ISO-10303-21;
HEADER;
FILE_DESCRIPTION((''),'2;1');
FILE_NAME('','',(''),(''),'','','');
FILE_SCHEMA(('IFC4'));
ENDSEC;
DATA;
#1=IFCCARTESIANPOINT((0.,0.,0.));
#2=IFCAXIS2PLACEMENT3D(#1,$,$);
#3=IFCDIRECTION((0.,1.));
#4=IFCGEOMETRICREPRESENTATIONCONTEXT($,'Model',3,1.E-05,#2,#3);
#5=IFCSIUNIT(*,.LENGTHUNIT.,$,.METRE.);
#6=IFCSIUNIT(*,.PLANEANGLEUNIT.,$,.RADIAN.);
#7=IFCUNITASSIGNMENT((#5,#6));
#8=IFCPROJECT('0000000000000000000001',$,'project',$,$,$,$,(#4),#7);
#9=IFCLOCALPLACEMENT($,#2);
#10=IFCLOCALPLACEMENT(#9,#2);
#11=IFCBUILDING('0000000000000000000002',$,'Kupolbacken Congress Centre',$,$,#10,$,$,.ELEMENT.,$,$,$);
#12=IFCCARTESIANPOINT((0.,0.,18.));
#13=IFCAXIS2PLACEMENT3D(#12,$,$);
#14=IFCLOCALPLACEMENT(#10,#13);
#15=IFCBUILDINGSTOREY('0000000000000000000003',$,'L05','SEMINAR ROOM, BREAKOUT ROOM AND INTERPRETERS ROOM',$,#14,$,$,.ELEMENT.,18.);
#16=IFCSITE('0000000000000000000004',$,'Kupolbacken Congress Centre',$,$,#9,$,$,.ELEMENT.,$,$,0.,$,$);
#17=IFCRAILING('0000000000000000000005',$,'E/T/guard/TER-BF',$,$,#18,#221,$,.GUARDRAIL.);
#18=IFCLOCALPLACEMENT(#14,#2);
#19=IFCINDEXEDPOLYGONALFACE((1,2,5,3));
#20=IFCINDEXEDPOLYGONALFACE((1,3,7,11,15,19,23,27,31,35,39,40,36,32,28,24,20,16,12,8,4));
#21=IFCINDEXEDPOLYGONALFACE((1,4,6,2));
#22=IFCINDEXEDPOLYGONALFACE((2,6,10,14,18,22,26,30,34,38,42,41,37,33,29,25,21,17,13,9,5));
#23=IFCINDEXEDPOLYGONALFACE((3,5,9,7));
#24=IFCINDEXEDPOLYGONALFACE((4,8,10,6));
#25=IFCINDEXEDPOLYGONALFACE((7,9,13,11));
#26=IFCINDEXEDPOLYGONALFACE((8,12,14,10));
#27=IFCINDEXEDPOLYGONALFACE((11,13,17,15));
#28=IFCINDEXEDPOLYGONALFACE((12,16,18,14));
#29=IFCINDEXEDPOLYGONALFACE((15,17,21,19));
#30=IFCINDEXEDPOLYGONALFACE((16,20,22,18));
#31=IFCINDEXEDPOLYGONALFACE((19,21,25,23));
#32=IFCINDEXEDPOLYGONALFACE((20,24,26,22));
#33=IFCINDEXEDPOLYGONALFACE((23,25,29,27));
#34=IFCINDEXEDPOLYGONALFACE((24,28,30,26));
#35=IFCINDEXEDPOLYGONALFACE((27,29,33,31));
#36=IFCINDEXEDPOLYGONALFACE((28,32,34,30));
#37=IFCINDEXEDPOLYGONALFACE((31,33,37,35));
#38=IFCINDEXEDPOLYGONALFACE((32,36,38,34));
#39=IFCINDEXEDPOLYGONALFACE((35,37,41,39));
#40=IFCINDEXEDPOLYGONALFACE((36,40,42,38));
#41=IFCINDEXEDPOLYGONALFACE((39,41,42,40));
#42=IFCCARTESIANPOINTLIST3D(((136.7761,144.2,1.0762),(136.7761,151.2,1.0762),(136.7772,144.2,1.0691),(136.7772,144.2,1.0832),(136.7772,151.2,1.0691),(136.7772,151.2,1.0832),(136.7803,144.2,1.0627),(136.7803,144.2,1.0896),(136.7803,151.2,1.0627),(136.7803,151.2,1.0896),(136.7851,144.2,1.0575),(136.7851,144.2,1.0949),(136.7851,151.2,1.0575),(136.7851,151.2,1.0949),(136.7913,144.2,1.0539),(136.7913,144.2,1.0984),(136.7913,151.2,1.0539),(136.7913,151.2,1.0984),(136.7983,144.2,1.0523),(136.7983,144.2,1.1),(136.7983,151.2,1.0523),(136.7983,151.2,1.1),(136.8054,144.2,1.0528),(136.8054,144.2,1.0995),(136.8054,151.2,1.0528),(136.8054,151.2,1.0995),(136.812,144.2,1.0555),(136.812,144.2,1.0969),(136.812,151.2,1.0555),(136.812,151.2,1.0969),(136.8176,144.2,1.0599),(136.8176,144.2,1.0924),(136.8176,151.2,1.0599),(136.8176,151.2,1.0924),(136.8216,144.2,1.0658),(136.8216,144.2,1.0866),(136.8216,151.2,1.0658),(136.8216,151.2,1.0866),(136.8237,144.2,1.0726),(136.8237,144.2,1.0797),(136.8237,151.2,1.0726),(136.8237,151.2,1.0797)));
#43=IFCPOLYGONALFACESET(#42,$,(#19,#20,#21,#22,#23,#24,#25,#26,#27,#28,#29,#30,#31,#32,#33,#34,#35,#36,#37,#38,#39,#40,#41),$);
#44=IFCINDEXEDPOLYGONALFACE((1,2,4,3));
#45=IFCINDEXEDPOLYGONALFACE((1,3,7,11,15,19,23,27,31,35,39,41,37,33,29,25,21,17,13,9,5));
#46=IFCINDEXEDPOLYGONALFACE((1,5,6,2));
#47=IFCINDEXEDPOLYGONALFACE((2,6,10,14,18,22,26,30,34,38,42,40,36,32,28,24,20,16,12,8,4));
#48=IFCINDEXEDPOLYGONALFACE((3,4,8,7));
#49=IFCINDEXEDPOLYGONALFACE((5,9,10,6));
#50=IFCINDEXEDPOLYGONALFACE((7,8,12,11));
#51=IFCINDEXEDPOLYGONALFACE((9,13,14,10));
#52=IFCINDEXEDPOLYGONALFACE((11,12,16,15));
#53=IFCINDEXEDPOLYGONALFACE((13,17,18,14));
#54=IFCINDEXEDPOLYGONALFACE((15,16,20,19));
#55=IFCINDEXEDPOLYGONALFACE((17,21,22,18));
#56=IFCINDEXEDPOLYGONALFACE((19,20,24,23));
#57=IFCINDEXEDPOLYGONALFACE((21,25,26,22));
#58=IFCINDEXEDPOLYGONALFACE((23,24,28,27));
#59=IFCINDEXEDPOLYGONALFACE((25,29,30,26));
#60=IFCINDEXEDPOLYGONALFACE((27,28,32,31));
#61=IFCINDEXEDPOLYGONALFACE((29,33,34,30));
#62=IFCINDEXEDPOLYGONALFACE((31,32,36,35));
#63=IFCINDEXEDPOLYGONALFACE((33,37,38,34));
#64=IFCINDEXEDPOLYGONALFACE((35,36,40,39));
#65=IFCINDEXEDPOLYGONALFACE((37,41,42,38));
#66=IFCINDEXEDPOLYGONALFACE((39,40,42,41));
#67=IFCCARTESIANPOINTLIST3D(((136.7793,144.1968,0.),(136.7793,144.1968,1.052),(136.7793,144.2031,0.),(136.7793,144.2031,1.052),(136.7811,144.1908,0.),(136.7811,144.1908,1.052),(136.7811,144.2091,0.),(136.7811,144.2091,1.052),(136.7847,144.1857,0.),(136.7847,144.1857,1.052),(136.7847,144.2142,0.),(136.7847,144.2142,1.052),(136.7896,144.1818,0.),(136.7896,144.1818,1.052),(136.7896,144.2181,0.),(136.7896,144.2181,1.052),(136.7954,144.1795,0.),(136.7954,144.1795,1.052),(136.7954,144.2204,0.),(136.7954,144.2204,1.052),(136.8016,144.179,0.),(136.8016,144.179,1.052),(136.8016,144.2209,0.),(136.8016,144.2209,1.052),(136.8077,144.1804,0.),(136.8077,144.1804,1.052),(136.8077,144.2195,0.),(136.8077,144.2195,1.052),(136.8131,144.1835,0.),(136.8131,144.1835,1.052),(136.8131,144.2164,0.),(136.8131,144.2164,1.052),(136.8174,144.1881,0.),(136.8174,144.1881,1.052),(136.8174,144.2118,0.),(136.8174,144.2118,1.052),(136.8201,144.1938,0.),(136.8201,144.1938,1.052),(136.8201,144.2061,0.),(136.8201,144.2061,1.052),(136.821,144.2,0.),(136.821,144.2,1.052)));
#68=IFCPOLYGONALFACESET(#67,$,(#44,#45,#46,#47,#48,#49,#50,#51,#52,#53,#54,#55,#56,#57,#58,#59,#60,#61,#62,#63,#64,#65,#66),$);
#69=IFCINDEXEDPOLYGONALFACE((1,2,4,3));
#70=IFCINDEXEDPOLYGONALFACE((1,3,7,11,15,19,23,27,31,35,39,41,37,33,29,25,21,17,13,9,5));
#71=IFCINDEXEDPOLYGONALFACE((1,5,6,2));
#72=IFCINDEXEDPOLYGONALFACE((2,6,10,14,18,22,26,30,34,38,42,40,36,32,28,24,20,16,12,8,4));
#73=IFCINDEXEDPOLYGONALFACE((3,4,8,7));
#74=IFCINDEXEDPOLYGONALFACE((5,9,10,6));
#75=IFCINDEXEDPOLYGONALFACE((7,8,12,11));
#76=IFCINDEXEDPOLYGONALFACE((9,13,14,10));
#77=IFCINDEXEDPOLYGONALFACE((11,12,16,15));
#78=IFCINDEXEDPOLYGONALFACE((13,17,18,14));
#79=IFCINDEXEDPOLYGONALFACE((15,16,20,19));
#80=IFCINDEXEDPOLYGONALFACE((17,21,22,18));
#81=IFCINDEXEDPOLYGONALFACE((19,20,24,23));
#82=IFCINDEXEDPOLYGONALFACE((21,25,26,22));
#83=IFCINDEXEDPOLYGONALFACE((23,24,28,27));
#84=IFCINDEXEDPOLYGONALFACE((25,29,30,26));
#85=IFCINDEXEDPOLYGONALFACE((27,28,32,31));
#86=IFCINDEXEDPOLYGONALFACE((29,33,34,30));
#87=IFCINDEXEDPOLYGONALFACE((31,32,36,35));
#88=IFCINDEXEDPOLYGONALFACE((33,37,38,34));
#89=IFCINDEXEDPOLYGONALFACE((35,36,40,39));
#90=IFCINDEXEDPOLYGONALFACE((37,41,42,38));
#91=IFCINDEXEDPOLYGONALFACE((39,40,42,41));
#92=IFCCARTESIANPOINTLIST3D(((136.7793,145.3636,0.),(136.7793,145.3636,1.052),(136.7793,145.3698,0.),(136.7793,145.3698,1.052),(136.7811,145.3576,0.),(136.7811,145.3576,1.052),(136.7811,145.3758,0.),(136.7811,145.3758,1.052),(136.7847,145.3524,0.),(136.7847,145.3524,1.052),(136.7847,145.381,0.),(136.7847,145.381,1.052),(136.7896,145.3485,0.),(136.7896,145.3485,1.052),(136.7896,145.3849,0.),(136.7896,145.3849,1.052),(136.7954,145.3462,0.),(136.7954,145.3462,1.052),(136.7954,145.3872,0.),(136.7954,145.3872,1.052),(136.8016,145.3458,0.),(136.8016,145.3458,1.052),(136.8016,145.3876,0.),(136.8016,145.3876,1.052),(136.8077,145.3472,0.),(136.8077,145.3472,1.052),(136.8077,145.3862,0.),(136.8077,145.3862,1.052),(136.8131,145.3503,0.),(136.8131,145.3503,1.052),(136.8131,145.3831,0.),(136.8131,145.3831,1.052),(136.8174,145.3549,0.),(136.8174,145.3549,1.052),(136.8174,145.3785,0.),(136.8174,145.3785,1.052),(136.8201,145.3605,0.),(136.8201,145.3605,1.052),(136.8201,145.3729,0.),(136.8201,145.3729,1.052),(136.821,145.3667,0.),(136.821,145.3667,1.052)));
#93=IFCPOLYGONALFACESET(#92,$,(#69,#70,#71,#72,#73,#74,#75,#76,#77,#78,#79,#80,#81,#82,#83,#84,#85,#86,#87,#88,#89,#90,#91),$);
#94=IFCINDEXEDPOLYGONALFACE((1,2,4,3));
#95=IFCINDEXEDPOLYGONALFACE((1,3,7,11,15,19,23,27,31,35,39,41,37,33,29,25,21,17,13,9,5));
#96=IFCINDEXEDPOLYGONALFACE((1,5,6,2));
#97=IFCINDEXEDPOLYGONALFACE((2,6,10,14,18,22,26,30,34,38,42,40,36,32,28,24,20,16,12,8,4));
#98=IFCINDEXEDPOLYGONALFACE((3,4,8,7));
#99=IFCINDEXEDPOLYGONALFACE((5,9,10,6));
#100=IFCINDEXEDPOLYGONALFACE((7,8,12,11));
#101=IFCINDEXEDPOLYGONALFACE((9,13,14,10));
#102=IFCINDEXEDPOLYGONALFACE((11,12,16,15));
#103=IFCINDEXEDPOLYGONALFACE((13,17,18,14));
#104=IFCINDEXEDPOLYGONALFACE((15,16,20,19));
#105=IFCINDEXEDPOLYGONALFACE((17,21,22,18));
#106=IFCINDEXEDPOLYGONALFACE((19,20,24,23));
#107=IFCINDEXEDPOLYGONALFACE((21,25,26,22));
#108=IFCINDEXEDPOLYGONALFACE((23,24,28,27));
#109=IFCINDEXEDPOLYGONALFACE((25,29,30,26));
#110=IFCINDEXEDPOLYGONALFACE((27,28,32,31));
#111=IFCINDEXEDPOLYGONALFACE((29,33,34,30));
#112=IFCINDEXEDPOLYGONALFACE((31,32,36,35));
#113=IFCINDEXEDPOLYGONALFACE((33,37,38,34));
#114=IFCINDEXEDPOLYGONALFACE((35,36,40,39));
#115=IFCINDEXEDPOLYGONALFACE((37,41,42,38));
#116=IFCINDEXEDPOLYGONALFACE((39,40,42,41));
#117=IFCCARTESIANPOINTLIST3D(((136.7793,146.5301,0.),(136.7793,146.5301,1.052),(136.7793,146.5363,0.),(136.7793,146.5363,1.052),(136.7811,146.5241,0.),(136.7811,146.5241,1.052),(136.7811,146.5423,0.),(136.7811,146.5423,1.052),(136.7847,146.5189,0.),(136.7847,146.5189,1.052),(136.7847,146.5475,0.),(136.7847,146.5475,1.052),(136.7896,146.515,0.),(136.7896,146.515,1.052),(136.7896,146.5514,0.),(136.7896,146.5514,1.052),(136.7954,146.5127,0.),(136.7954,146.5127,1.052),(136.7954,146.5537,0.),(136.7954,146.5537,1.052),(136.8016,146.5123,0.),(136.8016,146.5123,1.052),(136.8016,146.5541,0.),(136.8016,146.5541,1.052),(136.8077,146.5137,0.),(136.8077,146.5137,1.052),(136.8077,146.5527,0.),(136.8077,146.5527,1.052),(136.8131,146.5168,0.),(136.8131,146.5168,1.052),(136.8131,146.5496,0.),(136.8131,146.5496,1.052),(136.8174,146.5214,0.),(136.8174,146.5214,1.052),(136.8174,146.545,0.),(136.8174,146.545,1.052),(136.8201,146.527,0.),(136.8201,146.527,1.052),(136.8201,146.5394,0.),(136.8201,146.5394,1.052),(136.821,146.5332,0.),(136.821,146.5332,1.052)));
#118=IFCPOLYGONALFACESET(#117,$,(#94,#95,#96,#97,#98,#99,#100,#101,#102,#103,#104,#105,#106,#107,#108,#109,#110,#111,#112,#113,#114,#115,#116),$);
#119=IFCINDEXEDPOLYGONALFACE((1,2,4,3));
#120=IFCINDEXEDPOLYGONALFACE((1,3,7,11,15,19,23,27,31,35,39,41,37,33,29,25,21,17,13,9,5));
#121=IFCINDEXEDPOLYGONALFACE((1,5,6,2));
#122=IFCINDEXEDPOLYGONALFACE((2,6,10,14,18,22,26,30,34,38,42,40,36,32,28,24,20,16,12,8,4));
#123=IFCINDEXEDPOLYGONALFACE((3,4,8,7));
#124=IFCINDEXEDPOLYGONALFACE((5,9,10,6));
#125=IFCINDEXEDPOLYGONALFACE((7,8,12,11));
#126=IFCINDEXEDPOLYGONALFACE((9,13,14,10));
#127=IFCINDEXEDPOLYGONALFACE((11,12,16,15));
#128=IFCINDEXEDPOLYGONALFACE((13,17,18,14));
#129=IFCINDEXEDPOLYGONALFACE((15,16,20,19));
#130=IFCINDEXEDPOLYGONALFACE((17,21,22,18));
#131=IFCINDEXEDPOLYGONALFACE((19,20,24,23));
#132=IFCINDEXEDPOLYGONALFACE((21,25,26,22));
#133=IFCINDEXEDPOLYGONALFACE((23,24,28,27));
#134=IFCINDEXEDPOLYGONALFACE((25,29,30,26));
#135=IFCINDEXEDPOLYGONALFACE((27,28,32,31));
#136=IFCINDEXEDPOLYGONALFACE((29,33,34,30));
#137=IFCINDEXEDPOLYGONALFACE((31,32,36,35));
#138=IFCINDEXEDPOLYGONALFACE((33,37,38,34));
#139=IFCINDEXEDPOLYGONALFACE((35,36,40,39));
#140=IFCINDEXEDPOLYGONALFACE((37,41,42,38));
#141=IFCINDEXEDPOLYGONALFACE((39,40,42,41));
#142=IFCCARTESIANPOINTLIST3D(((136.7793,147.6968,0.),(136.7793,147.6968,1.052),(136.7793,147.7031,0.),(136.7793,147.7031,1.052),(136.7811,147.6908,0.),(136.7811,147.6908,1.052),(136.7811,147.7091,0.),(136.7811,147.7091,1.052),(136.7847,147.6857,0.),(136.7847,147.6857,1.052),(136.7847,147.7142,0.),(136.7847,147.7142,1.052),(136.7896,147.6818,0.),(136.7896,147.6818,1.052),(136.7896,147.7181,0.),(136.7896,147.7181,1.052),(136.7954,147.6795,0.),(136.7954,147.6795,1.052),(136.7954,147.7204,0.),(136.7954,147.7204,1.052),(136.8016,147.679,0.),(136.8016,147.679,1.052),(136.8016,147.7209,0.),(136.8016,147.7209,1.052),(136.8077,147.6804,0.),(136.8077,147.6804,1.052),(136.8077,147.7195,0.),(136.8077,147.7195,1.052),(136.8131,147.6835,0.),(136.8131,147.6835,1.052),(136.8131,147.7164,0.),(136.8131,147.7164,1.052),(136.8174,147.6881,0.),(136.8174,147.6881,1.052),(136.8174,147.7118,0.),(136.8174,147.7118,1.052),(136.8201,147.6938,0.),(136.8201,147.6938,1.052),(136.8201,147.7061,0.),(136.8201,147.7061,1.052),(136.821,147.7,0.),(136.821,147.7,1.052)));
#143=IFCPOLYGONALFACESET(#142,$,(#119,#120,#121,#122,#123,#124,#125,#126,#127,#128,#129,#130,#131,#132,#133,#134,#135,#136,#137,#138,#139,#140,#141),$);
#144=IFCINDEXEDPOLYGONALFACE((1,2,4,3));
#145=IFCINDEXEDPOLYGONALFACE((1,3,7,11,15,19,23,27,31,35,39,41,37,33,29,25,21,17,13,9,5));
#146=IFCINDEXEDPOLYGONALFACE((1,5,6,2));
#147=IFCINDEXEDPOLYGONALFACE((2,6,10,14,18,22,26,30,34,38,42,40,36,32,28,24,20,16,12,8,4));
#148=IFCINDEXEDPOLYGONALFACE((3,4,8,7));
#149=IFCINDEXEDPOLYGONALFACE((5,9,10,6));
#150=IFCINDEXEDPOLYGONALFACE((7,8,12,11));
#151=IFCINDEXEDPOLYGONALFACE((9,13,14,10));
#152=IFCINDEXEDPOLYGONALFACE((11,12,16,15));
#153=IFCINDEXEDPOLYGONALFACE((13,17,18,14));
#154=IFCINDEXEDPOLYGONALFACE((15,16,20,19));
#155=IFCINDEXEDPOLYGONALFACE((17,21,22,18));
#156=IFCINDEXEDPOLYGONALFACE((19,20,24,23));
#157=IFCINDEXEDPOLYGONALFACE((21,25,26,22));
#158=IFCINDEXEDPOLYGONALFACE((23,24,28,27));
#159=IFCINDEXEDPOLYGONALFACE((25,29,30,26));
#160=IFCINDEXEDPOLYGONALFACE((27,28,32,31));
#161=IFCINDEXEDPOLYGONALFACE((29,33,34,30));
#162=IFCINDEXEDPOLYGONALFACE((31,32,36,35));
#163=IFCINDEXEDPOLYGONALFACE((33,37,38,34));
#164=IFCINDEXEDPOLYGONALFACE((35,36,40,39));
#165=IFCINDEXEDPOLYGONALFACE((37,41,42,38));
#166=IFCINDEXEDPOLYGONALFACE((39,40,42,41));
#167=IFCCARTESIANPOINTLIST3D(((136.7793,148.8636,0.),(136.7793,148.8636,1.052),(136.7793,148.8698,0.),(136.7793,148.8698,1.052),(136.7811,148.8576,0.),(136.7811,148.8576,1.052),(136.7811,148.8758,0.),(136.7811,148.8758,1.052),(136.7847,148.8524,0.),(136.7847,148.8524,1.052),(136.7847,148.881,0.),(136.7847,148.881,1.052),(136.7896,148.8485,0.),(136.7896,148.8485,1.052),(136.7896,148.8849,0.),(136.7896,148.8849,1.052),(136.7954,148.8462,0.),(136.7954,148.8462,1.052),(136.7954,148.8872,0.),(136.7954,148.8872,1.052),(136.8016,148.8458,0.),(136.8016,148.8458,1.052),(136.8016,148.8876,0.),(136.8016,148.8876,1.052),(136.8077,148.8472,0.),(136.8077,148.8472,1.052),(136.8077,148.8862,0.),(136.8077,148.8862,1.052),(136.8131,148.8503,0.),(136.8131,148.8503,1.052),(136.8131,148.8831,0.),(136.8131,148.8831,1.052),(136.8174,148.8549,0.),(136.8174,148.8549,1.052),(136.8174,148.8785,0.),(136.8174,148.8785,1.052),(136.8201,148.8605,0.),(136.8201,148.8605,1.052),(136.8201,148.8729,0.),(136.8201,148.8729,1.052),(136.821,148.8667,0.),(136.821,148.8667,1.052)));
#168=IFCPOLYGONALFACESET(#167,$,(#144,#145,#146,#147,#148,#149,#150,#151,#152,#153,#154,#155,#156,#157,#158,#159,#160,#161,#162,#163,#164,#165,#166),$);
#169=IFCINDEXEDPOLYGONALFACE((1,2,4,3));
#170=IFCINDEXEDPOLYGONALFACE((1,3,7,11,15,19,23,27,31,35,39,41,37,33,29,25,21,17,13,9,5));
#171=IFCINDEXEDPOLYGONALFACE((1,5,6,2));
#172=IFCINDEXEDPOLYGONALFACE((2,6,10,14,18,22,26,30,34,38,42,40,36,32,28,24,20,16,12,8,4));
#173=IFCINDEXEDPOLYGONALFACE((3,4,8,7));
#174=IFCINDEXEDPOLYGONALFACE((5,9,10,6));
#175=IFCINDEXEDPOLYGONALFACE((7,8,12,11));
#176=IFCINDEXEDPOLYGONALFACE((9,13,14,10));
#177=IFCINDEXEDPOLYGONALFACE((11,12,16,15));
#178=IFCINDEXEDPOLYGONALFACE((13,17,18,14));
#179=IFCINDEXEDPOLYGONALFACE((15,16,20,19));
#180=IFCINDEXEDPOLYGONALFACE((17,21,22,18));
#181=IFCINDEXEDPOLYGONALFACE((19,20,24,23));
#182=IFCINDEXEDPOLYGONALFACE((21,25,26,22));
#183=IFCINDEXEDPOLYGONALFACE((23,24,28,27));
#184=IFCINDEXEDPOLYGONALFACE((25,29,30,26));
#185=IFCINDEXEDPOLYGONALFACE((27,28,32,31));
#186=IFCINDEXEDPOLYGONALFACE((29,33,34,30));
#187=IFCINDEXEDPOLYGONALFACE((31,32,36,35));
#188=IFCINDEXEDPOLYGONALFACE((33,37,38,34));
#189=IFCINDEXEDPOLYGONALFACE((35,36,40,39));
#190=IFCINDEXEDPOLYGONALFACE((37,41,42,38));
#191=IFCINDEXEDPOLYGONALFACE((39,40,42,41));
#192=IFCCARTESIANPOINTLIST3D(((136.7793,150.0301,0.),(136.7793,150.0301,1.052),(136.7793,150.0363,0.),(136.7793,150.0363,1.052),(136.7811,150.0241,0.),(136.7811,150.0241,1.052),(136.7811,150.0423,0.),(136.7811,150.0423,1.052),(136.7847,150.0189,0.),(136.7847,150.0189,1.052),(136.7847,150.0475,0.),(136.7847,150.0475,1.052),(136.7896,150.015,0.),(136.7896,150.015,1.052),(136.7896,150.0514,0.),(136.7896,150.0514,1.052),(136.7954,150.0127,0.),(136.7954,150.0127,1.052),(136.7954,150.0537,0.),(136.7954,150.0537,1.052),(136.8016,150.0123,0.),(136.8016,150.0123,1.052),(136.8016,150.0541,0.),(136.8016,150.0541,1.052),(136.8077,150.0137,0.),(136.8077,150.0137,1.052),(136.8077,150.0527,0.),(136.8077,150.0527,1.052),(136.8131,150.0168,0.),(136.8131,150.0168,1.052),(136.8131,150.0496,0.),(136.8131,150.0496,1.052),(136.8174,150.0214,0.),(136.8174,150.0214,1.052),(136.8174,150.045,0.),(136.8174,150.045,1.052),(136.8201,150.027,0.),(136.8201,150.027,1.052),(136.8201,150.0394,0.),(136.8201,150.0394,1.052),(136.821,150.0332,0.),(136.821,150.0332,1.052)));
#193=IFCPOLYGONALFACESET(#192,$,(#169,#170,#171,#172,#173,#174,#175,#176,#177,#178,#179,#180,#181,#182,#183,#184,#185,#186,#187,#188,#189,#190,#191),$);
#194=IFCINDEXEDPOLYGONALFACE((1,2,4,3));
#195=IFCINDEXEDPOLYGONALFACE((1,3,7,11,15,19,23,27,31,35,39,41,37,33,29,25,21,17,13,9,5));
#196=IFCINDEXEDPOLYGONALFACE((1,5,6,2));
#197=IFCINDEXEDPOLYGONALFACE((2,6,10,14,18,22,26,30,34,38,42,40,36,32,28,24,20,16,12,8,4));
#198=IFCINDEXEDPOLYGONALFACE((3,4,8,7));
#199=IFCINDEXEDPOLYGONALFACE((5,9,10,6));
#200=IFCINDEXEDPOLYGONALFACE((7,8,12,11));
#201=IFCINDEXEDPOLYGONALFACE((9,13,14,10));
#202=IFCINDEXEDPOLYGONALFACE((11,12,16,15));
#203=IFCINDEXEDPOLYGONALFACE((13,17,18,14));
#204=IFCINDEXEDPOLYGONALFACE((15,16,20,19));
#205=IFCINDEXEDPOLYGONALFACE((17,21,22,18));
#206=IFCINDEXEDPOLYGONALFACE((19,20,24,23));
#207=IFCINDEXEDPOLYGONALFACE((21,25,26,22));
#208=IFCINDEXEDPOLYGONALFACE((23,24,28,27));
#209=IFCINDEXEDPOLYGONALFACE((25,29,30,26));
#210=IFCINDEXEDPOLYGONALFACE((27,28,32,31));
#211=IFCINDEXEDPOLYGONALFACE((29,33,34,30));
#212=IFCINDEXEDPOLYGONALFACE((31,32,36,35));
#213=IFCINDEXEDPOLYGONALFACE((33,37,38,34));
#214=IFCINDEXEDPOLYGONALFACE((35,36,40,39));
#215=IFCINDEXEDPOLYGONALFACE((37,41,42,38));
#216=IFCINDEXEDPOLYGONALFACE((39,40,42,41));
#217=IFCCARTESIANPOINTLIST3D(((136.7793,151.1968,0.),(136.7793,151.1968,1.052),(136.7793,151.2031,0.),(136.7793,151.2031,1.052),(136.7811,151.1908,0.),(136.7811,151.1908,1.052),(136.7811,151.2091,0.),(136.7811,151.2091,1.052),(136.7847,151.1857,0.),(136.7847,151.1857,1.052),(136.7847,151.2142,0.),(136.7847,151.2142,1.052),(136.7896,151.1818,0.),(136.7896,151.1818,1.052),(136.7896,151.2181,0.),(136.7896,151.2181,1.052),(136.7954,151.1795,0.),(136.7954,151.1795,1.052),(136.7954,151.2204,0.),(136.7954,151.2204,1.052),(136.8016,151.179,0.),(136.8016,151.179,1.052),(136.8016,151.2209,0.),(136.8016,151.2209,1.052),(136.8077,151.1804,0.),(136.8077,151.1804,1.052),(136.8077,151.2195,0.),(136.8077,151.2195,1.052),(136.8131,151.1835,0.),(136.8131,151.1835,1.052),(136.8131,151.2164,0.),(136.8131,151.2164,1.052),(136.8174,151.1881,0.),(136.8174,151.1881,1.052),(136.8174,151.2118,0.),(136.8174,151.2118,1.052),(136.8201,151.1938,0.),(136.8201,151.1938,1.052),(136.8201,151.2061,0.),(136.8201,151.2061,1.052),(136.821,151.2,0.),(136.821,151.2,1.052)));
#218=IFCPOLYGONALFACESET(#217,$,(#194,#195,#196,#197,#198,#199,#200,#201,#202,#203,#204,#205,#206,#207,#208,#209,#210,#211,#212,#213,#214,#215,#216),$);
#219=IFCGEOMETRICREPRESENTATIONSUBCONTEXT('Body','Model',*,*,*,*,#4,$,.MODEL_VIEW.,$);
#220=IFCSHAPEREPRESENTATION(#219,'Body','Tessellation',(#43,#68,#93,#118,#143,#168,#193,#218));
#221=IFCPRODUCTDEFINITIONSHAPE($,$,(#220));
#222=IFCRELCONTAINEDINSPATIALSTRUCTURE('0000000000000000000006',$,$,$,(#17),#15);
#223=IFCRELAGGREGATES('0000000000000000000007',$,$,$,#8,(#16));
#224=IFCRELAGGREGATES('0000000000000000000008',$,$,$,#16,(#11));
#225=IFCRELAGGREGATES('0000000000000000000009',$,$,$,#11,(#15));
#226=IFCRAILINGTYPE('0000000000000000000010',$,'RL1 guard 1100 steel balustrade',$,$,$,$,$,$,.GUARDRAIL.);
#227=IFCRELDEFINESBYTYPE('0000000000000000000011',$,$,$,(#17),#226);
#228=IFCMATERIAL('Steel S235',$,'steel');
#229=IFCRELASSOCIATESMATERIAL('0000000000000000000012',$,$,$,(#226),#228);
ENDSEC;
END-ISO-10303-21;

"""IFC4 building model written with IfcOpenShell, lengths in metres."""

from ifc_helpers import new_model, si_unit, direction, frame, origin, origin_2d, place, context, subcontext, project, spatial, circle, extrude, material, type_object, element, save


model = new_model("IFC4")

# Units and contexts
model_context = context("Model", 3, precision=1e-05, world=origin(), true_north=direction((0.0, 1.0)))
body_context = subcontext(model_context, "Body", "Model", "MODEL_VIEW")
ifc_project = project(units=[si_unit("LENGTHUNIT", "METRE"), si_unit("PLANEANGLEUNIT", "RADIAN")], contexts=[model_context])

# Site, building, storey
site_placement = place(None, origin())
site = spatial("IfcSite", under=ifc_project, at=site_placement, Name="Kupolbacken Congress Centre", CompositionType="ELEMENT", RefElevation=0.0)
building_placement = place(site_placement, origin())
building = spatial("IfcBuilding", under=site, at=building_placement, Name="Kupolbacken Congress Centre", CompositionType="ELEMENT")
storey_placement = place(building_placement, frame((0.0, 0.0, 18.0)))
storey = spatial("IfcBuildingStorey", under=building, at=storey_placement, Name="L05", Description="SEMINAR ROOM, BREAKOUT ROOM AND INTERPRETERS ROOM", CompositionType="ELEMENT", Elevation=18.0)

# Railing
ifc_material_1 = material(Name="Steel S235", Category="steel")
railing_type_1 = type_object("IfcRailingType", Name="RL1 guard 1100 steel balustrade", PredefinedType="GUARDRAIL", material=ifc_material_1)
railing_placement = place(storey_placement, frame((136.8, 144.2, 0.0)))
element("IfcRailing", 1, at=railing_placement, inside=storey, type_object=railing_type_1, Name="E/T/guard/TER-BF", PredefinedType="GUARDRAIL", context=body_context, shape_type="SweptSolid", body=[
    extrude(circle(Radius=0.0239, at=origin_2d()), frame((0.0, 0.0, 1.0762), z_axis=(0.0, 1.0, 0.0), x_axis=(-1.0, 0.0, 0.0)), (0.0, 0.0, 1.0), 7.0),
    extrude(circle(Radius=0.021, at=origin_2d()), origin(), (0.0, 0.0, 1.0), 1.052),
    extrude(circle(Radius=0.021, at=origin_2d()), frame((0.0, 1.1667, 0.0)), (0.0, 0.0, 1.0), 1.052),
    extrude(circle(Radius=0.021, at=origin_2d()), frame((0.0, 2.3333, 0.0)), (0.0, 0.0, 1.0), 1.052),
    extrude(circle(Radius=0.021, at=origin_2d()), frame((0.0, 3.5, 0.0)), (0.0, 0.0, 1.0), 1.052),
    extrude(circle(Radius=0.021, at=origin_2d()), frame((0.0, 4.6667, 0.0)), (0.0, 0.0, 1.0), 1.052),
    extrude(circle(Radius=0.021, at=origin_2d()), frame((0.0, 5.8333, 0.0)), (0.0, 0.0, 1.0), 1.052),
    extrude(circle(Radius=0.021, at=origin_2d()), frame((0.0, 7.0, 0.0)), (0.0, 0.0, 1.0), 1.052),
])

save(model, "model.ifc")
